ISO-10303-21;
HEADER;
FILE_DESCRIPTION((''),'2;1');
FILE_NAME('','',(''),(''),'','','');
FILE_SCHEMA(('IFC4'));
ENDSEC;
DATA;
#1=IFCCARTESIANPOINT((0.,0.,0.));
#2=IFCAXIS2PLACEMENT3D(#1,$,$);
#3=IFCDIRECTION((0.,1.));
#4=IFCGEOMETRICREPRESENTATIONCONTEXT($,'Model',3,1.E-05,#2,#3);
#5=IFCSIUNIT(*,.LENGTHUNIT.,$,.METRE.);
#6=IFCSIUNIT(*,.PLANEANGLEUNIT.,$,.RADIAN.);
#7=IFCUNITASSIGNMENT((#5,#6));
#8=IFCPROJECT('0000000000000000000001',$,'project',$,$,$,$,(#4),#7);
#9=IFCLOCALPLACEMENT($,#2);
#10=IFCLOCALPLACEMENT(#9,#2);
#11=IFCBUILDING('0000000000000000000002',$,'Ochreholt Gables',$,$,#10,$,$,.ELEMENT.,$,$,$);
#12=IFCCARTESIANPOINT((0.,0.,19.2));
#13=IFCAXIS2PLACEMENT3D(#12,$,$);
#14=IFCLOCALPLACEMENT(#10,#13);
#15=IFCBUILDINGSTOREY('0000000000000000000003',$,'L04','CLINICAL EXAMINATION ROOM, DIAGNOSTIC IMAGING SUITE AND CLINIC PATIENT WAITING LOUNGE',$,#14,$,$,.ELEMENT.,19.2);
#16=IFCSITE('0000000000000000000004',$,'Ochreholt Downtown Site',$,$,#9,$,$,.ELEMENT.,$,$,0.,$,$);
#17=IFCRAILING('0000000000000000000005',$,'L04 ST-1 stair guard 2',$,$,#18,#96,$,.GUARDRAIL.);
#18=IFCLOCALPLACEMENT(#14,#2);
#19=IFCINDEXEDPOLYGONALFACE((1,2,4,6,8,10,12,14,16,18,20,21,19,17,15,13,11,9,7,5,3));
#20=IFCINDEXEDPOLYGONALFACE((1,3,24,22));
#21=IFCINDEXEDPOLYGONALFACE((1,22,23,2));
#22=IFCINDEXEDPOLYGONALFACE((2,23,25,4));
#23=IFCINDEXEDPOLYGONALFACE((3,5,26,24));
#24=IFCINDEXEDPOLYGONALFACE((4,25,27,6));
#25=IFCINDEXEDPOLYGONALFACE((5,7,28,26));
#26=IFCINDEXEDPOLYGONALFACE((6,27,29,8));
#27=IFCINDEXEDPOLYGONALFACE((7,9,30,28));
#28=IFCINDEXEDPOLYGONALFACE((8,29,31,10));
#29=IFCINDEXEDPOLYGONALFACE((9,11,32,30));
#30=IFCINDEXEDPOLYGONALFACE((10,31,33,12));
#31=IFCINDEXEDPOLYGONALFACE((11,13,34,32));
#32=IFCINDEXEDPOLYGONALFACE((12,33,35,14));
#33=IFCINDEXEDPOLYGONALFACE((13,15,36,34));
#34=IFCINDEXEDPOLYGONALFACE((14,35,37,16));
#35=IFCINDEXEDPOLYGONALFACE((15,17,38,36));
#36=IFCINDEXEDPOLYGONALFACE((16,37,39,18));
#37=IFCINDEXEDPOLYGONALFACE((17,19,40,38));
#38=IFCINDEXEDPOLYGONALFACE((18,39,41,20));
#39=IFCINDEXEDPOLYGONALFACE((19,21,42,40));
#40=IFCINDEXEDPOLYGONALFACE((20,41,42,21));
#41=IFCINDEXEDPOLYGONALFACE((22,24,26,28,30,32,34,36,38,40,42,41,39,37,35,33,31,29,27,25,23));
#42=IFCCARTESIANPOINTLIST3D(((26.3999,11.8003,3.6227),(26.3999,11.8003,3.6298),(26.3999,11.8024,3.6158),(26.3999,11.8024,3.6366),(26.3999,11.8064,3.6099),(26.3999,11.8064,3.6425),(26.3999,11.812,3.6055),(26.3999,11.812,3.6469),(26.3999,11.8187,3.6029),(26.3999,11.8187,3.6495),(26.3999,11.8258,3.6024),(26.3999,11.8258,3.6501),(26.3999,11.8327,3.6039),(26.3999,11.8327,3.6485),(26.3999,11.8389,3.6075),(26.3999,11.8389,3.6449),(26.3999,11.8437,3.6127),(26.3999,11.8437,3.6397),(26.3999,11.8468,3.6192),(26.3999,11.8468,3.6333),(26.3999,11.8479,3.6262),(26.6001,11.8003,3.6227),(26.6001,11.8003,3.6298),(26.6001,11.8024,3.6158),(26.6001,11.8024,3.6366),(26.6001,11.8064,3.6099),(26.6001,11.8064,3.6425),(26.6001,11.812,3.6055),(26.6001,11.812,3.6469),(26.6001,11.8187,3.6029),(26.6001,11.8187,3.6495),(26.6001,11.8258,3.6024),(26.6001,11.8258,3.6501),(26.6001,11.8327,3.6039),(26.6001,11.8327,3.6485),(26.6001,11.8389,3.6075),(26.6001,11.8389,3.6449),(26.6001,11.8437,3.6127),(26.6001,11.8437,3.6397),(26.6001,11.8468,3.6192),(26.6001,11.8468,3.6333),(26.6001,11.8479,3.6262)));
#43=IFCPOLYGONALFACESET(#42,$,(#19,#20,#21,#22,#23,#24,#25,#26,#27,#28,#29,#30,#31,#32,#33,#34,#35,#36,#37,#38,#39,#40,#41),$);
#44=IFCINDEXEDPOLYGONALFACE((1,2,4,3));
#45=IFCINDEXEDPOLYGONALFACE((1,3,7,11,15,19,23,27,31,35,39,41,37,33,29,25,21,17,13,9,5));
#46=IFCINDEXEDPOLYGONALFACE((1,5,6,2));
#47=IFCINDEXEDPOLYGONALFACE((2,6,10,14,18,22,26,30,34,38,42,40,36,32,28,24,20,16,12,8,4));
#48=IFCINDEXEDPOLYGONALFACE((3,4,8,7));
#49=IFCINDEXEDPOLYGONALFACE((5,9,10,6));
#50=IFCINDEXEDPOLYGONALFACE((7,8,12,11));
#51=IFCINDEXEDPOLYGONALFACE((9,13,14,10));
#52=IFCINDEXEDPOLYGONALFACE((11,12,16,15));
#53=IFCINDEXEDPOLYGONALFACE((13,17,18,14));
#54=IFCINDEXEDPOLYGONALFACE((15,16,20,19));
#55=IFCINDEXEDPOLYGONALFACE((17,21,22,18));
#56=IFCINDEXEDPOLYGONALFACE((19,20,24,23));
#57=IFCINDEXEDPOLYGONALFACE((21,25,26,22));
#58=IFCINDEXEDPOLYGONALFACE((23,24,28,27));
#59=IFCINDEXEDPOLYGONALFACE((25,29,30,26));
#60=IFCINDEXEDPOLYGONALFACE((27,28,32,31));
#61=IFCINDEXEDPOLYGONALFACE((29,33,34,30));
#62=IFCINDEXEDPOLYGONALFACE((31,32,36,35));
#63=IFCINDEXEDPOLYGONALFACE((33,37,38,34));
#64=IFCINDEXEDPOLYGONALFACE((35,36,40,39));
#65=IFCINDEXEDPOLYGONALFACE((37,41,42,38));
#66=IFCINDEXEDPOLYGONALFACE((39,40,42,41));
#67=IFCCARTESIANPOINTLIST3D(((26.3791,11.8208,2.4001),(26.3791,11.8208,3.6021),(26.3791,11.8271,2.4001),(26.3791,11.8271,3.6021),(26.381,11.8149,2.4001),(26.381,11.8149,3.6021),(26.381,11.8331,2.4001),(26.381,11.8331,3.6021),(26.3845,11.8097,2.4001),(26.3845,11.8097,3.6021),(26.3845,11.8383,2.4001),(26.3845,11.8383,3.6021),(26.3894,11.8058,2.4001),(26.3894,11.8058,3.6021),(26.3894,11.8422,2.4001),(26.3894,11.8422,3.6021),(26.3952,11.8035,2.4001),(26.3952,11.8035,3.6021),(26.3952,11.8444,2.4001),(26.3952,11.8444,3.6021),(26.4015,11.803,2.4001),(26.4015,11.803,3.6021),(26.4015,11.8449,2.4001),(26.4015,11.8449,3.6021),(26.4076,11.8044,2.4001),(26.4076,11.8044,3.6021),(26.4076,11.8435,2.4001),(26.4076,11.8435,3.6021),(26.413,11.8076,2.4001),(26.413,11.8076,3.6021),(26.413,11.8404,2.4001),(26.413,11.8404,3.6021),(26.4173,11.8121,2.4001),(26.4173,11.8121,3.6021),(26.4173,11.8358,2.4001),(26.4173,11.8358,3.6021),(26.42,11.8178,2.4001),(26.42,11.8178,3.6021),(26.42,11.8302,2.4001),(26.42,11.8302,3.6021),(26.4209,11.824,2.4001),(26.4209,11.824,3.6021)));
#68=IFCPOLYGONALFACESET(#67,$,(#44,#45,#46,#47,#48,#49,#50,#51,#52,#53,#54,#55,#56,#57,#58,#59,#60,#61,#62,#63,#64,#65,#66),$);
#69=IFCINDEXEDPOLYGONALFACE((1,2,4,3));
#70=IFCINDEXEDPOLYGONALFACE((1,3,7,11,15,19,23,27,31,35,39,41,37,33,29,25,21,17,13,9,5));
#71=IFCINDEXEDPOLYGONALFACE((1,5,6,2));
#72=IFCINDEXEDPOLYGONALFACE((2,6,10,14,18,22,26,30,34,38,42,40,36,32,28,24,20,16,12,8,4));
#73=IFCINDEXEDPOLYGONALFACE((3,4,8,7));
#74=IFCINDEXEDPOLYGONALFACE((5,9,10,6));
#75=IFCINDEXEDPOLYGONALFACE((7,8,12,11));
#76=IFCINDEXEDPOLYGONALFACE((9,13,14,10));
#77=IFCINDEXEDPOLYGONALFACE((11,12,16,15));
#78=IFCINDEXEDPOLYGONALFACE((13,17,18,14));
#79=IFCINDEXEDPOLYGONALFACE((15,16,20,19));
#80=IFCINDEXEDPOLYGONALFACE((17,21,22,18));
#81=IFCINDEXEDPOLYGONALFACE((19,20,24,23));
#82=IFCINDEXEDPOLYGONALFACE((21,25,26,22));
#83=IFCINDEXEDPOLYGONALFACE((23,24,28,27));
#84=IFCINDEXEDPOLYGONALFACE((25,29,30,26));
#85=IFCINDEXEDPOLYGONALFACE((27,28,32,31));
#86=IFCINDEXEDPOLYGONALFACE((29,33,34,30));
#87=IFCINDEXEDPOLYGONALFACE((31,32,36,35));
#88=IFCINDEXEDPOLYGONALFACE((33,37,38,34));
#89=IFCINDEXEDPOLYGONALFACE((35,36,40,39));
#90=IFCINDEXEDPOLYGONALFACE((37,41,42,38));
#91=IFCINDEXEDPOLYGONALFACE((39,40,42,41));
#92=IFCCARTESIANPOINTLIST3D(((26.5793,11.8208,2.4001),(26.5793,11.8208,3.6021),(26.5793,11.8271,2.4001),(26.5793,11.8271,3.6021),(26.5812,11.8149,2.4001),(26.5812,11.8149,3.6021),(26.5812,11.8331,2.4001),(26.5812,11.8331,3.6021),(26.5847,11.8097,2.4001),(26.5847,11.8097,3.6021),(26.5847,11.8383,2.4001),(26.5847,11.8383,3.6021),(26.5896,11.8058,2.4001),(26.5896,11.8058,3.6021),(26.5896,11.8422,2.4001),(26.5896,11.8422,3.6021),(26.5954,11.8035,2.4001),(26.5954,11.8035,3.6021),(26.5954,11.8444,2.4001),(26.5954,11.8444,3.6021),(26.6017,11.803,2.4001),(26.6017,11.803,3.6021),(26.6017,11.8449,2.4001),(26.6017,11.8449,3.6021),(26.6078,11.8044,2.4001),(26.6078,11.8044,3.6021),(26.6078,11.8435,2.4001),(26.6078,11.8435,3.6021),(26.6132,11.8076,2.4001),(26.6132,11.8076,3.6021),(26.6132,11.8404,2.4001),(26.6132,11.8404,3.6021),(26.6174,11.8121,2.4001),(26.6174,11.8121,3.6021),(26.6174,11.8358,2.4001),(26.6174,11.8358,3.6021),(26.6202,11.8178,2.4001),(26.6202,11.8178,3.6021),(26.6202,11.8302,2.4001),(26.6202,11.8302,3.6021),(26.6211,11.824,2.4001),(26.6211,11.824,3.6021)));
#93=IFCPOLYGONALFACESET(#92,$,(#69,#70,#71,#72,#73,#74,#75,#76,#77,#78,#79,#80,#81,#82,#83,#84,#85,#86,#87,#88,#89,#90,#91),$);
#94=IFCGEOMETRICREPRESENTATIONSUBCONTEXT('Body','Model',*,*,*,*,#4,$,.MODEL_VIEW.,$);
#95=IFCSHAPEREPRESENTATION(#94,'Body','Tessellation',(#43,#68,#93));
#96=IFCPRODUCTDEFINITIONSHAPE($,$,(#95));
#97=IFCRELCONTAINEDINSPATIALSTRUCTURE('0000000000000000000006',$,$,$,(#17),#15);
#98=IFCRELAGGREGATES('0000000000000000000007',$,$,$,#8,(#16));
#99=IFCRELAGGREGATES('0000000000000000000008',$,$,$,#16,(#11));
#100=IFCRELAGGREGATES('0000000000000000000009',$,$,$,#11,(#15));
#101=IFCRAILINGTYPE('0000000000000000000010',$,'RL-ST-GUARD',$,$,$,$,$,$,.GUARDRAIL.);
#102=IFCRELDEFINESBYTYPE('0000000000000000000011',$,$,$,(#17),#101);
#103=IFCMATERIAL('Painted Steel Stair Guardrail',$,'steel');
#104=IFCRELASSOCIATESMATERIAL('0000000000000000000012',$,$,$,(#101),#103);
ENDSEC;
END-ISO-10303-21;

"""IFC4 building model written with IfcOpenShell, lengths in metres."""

from ifc_helpers import new_model, si_unit, direction, frame, origin, origin_2d, place, context, subcontext, project, spatial, circle, extrude, material, type_object, element, save


model = new_model("IFC4")

# Units and contexts
model_context = context("Model", 3, precision=1e-05, world=origin(), true_north=direction((0.0, 1.0)))
body_context = subcontext(model_context, "Body", "Model", "MODEL_VIEW")
ifc_project = project(units=[si_unit("LENGTHUNIT", "METRE"), si_unit("PLANEANGLEUNIT", "RADIAN")], contexts=[model_context])

# Site, building, storey
site_placement = place(None, origin())
site = spatial("IfcSite", under=ifc_project, at=site_placement, Name="Ochreholt Downtown Site", CompositionType="ELEMENT", RefElevation=0.0)
building_placement = place(site_placement, origin())
building = spatial("IfcBuilding", under=site, at=building_placement, Name="Ochreholt Gables", CompositionType="ELEMENT")
storey_placement = place(building_placement, frame((0.0, 0.0, 19.2)))
storey = spatial("IfcBuildingStorey", under=building, at=storey_placement, Name="L04", Description="CLINICAL EXAMINATION ROOM, DIAGNOSTIC IMAGING SUITE AND CLINIC PATIENT WAITING LOUNGE", CompositionType="ELEMENT", Elevation=19.2)

# Railing
ifc_material_1 = material(Name="Painted Steel Stair Guardrail", Category="steel")
railing_type_1 = type_object("IfcRailingType", Name="RL-ST-GUARD", PredefinedType="GUARDRAIL", material=ifc_material_1)
railing_1_placement = place(storey_placement, frame((26.3999, 11.824, 2.4001)))
element("IfcRailing", 1, at=railing_1_placement, inside=storey, type_object=railing_type_1, Name="L04 ST-1 stair guard 2", PredefinedType="GUARDRAIL", context=body_context, shape_type="SweptSolid", body=[
    extrude(circle(Radius=0.0239, at=origin_2d()), frame((0.0, 0.0, 1.2261), z_axis=(1.0, 0.0, 0.0), x_axis=(0.0, 1.0, 0.0)), (0.0, 0.0, 1.0), 0.2002),
    extrude(circle(Radius=0.021, at=origin_2d()), origin(), (0.0, 0.0, 1.0), 1.2019),
    extrude(circle(Radius=0.021, at=origin_2d()), frame((0.2002, 0.0, 0.0)), (0.0, 0.0, 1.0), 1.2019),
])

save(model, "model.ifc")
